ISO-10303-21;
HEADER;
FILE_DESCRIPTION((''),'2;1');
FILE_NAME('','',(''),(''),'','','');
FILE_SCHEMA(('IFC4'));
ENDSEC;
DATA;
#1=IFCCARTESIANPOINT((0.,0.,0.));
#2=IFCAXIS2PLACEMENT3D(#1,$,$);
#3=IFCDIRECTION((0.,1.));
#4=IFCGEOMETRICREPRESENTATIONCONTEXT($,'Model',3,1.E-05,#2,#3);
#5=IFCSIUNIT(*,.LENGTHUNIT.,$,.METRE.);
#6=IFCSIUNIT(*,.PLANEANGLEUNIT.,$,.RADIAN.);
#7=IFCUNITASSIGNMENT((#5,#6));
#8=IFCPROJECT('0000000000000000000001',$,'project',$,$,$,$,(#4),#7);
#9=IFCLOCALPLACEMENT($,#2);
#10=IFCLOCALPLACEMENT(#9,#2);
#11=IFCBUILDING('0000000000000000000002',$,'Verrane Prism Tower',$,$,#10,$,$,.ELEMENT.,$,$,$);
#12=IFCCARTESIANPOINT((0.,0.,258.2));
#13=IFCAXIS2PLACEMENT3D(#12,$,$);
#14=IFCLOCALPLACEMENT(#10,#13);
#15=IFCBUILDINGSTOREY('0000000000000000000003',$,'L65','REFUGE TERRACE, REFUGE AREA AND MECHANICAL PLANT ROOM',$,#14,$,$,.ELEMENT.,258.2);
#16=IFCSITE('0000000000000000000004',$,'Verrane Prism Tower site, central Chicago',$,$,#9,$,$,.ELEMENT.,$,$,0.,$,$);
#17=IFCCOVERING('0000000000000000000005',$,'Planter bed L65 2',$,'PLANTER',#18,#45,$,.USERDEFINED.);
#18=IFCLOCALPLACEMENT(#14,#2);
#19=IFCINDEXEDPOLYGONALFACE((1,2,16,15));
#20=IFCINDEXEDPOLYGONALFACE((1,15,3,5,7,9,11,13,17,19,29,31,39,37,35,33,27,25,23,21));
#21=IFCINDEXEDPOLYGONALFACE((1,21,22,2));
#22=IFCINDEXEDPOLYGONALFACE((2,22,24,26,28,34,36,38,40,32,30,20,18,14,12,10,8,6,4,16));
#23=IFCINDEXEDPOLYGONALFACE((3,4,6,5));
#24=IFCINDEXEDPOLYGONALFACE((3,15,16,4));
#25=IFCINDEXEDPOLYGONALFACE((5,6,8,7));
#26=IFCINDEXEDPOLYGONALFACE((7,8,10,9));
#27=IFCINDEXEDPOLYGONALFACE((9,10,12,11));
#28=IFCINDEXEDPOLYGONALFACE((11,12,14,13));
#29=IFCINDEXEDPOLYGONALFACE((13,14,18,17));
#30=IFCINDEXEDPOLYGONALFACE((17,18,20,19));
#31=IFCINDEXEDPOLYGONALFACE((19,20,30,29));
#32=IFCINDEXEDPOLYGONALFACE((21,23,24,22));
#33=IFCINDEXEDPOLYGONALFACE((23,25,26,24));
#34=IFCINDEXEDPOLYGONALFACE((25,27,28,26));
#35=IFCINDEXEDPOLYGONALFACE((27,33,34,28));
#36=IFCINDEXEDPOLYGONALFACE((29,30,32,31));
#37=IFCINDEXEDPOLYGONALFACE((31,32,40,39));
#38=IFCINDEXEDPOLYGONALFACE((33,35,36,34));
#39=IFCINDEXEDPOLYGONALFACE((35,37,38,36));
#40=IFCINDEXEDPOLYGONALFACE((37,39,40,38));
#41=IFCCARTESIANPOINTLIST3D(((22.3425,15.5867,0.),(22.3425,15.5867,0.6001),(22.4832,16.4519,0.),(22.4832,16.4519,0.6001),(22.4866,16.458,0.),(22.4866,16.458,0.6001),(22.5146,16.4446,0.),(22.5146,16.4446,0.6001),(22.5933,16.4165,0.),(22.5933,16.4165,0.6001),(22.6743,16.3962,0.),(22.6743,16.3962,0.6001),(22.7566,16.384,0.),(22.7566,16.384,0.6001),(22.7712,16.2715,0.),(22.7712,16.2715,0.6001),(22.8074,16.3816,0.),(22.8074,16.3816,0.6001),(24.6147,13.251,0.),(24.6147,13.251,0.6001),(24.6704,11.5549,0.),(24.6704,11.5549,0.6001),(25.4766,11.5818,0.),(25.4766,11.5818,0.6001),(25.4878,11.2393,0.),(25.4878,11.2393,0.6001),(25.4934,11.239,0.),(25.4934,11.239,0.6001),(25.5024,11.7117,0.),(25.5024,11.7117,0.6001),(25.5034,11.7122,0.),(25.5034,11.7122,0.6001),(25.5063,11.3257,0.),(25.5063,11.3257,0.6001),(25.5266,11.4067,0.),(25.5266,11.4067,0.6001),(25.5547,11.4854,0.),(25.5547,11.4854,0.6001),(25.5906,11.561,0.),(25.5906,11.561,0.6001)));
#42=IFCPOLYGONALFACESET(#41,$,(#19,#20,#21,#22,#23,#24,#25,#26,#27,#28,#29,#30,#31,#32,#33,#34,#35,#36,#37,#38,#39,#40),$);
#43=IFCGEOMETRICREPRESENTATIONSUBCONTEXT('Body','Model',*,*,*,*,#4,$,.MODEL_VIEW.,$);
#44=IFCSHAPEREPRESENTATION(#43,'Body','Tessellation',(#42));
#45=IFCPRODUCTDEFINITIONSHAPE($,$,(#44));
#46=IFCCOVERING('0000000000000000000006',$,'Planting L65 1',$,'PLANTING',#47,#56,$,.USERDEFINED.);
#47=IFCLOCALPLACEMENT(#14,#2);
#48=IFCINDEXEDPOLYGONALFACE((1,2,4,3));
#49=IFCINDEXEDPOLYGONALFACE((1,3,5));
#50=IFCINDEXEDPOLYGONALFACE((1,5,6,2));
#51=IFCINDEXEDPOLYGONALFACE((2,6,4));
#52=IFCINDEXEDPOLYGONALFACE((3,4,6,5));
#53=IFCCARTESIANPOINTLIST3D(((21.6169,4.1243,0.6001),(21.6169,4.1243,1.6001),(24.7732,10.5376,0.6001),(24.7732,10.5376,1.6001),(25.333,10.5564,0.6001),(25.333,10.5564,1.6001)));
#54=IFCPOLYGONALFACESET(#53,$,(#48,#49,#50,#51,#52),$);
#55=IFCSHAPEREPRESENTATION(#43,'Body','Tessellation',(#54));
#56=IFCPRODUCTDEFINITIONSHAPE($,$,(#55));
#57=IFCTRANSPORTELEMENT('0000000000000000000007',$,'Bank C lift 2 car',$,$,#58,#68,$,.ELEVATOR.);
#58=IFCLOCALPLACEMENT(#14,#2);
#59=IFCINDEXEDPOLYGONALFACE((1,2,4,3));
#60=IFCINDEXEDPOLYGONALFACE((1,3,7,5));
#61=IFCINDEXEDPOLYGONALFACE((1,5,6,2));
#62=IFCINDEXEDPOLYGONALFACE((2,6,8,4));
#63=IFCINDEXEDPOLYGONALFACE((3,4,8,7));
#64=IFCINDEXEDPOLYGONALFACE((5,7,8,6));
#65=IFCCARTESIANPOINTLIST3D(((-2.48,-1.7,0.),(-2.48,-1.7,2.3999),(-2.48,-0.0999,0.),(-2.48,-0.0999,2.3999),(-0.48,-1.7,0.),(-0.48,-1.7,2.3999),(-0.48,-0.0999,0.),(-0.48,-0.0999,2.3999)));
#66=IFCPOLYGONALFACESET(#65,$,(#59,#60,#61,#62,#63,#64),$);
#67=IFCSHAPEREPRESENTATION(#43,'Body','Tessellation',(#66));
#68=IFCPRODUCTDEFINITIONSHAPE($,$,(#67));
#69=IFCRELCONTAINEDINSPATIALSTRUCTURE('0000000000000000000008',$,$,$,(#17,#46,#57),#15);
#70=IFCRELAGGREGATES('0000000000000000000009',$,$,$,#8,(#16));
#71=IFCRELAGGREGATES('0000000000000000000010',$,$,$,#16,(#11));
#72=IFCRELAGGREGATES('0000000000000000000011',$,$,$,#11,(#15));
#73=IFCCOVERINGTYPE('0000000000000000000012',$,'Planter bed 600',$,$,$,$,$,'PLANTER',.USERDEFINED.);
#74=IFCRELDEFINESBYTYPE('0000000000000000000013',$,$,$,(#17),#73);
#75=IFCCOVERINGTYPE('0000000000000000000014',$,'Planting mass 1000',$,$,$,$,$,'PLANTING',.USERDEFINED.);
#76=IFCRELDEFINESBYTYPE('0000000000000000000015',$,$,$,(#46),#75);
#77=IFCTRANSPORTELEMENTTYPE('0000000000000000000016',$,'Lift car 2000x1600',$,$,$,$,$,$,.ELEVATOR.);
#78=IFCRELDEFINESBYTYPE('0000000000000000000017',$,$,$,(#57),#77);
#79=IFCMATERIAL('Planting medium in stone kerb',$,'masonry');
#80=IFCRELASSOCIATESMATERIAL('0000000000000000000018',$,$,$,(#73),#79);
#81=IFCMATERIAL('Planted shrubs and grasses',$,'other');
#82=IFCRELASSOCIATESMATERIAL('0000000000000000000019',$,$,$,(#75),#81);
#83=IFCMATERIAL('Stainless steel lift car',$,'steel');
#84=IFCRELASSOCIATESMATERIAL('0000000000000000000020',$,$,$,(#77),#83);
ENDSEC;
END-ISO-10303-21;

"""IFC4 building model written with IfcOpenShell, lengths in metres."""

from ifc_helpers import new_model, si_unit, direction, frame, origin, origin_2d, place, context, subcontext, project, spatial, polyline, rectangle, outline, extrude, material, type_object, element, save


model = new_model("IFC4")

# Units and contexts
model_context = context("Model", 3, precision=1e-05, world=origin(), true_north=direction((0.0, 1.0)))
body_context = subcontext(model_context, "Body", "Model", "MODEL_VIEW")
ifc_project = project(units=[si_unit("LENGTHUNIT", "METRE"), si_unit("PLANEANGLEUNIT", "RADIAN")], contexts=[model_context])

# Site, building, storey
site_placement = place(None, origin())
site = spatial("IfcSite", under=ifc_project, at=site_placement, Name="Verrane Prism Tower site, central Chicago", CompositionType="ELEMENT", RefElevation=0.0)
building_placement = place(site_placement, origin())
building = spatial("IfcBuilding", under=site, at=building_placement, Name="Verrane Prism Tower", CompositionType="ELEMENT")
storey_placement = place(building_placement, frame((0.0, 0.0, 258.2)))
storey = spatial("IfcBuildingStorey", under=building, at=storey_placement, Name="L65", Description="REFUGE TERRACE, REFUGE AREA AND MECHANICAL PLANT ROOM", CompositionType="ELEMENT", Elevation=258.2)

# Coverings
ifc_material_1 = material(Name="Planting medium in stone kerb", Category="masonry")
covering_type_1 = type_object("IfcCoveringType", Name="Planter bed 600", ElementType="PLANTER", PredefinedType="USERDEFINED", material=ifc_material_1)
covering_1_placement = place(storey_placement, origin())
element("IfcCovering", 1, at=covering_1_placement, inside=storey, type_object=covering_type_1, Name="Planter bed L65 2", ObjectType="PLANTER", PredefinedType="USERDEFINED", context=body_context, shape_type="SweptSolid", body=[
    extrude(outline(polyline([(22.7712, 16.2715), (22.3425, 15.5867), (24.6704, 11.5549), (25.4766, 11.5818), (25.4878, 11.2393), (25.4934, 11.239), (25.5063, 11.3257), (25.5266, 11.4067), (25.5547, 11.4854), (25.5906, 11.561), (25.5034, 11.7122), (25.5024, 11.7117), (24.6147, 13.251), (22.8074, 16.3816), (22.7566, 16.384), (22.6743, 16.3962), (22.5933, 16.4165), (22.5146, 16.4446), (22.4866, 16.458), (22.4832, 16.4519), (22.7712, 16.2715)])), origin(), (0.0, 0.0, 1.0), 0.6001),
])
ifc_material_2 = material(Name="Planted shrubs and grasses", Category="other")
covering_type_2 = type_object("IfcCoveringType", Name="Planting mass 1000", ElementType="PLANTING", PredefinedType="USERDEFINED", material=ifc_material_2)
covering_2_placement = place(storey_placement, frame((0.0, 0.0, 0.6001)))
element("IfcCovering", 2, at=covering_2_placement, inside=storey, type_object=covering_type_2, Name="Planting L65 1", ObjectType="PLANTING", PredefinedType="USERDEFINED", context=body_context, shape_type="SweptSolid", body=[
    extrude(outline(polyline([(25.333, 10.5564), (24.7732, 10.5376), (21.6169, 4.1243), (25.333, 10.5564)])), origin(), (0.0, 0.0, 1.0), 1.0),
])

# Transport element
ifc_material_3 = material(Name="Stainless steel lift car", Category="steel")
transport_element_type = type_object("IfcTransportElementType", Name="Lift car 2000x1600", PredefinedType="ELEVATOR", material=ifc_material_3)
transport_element_placement = place(storey_placement, frame((-1.48, -0.8999, 0.0), z_axis=(0.0, 0.0, 1.0), x_axis=(-1.0, 0.0, 0.0)))
element("IfcTransportElement", 3, at=transport_element_placement, inside=storey, type_object=transport_element_type, Name="Bank C lift 2 car", PredefinedType="ELEVATOR", context=body_context, shape_type="SweptSolid", body=[
    extrude(rectangle(XDim=2.0, YDim=1.6001, at=origin_2d()), origin(), (0.0, 0.0, 1.0), 2.3999),
])

save(model, "model.ifc")
